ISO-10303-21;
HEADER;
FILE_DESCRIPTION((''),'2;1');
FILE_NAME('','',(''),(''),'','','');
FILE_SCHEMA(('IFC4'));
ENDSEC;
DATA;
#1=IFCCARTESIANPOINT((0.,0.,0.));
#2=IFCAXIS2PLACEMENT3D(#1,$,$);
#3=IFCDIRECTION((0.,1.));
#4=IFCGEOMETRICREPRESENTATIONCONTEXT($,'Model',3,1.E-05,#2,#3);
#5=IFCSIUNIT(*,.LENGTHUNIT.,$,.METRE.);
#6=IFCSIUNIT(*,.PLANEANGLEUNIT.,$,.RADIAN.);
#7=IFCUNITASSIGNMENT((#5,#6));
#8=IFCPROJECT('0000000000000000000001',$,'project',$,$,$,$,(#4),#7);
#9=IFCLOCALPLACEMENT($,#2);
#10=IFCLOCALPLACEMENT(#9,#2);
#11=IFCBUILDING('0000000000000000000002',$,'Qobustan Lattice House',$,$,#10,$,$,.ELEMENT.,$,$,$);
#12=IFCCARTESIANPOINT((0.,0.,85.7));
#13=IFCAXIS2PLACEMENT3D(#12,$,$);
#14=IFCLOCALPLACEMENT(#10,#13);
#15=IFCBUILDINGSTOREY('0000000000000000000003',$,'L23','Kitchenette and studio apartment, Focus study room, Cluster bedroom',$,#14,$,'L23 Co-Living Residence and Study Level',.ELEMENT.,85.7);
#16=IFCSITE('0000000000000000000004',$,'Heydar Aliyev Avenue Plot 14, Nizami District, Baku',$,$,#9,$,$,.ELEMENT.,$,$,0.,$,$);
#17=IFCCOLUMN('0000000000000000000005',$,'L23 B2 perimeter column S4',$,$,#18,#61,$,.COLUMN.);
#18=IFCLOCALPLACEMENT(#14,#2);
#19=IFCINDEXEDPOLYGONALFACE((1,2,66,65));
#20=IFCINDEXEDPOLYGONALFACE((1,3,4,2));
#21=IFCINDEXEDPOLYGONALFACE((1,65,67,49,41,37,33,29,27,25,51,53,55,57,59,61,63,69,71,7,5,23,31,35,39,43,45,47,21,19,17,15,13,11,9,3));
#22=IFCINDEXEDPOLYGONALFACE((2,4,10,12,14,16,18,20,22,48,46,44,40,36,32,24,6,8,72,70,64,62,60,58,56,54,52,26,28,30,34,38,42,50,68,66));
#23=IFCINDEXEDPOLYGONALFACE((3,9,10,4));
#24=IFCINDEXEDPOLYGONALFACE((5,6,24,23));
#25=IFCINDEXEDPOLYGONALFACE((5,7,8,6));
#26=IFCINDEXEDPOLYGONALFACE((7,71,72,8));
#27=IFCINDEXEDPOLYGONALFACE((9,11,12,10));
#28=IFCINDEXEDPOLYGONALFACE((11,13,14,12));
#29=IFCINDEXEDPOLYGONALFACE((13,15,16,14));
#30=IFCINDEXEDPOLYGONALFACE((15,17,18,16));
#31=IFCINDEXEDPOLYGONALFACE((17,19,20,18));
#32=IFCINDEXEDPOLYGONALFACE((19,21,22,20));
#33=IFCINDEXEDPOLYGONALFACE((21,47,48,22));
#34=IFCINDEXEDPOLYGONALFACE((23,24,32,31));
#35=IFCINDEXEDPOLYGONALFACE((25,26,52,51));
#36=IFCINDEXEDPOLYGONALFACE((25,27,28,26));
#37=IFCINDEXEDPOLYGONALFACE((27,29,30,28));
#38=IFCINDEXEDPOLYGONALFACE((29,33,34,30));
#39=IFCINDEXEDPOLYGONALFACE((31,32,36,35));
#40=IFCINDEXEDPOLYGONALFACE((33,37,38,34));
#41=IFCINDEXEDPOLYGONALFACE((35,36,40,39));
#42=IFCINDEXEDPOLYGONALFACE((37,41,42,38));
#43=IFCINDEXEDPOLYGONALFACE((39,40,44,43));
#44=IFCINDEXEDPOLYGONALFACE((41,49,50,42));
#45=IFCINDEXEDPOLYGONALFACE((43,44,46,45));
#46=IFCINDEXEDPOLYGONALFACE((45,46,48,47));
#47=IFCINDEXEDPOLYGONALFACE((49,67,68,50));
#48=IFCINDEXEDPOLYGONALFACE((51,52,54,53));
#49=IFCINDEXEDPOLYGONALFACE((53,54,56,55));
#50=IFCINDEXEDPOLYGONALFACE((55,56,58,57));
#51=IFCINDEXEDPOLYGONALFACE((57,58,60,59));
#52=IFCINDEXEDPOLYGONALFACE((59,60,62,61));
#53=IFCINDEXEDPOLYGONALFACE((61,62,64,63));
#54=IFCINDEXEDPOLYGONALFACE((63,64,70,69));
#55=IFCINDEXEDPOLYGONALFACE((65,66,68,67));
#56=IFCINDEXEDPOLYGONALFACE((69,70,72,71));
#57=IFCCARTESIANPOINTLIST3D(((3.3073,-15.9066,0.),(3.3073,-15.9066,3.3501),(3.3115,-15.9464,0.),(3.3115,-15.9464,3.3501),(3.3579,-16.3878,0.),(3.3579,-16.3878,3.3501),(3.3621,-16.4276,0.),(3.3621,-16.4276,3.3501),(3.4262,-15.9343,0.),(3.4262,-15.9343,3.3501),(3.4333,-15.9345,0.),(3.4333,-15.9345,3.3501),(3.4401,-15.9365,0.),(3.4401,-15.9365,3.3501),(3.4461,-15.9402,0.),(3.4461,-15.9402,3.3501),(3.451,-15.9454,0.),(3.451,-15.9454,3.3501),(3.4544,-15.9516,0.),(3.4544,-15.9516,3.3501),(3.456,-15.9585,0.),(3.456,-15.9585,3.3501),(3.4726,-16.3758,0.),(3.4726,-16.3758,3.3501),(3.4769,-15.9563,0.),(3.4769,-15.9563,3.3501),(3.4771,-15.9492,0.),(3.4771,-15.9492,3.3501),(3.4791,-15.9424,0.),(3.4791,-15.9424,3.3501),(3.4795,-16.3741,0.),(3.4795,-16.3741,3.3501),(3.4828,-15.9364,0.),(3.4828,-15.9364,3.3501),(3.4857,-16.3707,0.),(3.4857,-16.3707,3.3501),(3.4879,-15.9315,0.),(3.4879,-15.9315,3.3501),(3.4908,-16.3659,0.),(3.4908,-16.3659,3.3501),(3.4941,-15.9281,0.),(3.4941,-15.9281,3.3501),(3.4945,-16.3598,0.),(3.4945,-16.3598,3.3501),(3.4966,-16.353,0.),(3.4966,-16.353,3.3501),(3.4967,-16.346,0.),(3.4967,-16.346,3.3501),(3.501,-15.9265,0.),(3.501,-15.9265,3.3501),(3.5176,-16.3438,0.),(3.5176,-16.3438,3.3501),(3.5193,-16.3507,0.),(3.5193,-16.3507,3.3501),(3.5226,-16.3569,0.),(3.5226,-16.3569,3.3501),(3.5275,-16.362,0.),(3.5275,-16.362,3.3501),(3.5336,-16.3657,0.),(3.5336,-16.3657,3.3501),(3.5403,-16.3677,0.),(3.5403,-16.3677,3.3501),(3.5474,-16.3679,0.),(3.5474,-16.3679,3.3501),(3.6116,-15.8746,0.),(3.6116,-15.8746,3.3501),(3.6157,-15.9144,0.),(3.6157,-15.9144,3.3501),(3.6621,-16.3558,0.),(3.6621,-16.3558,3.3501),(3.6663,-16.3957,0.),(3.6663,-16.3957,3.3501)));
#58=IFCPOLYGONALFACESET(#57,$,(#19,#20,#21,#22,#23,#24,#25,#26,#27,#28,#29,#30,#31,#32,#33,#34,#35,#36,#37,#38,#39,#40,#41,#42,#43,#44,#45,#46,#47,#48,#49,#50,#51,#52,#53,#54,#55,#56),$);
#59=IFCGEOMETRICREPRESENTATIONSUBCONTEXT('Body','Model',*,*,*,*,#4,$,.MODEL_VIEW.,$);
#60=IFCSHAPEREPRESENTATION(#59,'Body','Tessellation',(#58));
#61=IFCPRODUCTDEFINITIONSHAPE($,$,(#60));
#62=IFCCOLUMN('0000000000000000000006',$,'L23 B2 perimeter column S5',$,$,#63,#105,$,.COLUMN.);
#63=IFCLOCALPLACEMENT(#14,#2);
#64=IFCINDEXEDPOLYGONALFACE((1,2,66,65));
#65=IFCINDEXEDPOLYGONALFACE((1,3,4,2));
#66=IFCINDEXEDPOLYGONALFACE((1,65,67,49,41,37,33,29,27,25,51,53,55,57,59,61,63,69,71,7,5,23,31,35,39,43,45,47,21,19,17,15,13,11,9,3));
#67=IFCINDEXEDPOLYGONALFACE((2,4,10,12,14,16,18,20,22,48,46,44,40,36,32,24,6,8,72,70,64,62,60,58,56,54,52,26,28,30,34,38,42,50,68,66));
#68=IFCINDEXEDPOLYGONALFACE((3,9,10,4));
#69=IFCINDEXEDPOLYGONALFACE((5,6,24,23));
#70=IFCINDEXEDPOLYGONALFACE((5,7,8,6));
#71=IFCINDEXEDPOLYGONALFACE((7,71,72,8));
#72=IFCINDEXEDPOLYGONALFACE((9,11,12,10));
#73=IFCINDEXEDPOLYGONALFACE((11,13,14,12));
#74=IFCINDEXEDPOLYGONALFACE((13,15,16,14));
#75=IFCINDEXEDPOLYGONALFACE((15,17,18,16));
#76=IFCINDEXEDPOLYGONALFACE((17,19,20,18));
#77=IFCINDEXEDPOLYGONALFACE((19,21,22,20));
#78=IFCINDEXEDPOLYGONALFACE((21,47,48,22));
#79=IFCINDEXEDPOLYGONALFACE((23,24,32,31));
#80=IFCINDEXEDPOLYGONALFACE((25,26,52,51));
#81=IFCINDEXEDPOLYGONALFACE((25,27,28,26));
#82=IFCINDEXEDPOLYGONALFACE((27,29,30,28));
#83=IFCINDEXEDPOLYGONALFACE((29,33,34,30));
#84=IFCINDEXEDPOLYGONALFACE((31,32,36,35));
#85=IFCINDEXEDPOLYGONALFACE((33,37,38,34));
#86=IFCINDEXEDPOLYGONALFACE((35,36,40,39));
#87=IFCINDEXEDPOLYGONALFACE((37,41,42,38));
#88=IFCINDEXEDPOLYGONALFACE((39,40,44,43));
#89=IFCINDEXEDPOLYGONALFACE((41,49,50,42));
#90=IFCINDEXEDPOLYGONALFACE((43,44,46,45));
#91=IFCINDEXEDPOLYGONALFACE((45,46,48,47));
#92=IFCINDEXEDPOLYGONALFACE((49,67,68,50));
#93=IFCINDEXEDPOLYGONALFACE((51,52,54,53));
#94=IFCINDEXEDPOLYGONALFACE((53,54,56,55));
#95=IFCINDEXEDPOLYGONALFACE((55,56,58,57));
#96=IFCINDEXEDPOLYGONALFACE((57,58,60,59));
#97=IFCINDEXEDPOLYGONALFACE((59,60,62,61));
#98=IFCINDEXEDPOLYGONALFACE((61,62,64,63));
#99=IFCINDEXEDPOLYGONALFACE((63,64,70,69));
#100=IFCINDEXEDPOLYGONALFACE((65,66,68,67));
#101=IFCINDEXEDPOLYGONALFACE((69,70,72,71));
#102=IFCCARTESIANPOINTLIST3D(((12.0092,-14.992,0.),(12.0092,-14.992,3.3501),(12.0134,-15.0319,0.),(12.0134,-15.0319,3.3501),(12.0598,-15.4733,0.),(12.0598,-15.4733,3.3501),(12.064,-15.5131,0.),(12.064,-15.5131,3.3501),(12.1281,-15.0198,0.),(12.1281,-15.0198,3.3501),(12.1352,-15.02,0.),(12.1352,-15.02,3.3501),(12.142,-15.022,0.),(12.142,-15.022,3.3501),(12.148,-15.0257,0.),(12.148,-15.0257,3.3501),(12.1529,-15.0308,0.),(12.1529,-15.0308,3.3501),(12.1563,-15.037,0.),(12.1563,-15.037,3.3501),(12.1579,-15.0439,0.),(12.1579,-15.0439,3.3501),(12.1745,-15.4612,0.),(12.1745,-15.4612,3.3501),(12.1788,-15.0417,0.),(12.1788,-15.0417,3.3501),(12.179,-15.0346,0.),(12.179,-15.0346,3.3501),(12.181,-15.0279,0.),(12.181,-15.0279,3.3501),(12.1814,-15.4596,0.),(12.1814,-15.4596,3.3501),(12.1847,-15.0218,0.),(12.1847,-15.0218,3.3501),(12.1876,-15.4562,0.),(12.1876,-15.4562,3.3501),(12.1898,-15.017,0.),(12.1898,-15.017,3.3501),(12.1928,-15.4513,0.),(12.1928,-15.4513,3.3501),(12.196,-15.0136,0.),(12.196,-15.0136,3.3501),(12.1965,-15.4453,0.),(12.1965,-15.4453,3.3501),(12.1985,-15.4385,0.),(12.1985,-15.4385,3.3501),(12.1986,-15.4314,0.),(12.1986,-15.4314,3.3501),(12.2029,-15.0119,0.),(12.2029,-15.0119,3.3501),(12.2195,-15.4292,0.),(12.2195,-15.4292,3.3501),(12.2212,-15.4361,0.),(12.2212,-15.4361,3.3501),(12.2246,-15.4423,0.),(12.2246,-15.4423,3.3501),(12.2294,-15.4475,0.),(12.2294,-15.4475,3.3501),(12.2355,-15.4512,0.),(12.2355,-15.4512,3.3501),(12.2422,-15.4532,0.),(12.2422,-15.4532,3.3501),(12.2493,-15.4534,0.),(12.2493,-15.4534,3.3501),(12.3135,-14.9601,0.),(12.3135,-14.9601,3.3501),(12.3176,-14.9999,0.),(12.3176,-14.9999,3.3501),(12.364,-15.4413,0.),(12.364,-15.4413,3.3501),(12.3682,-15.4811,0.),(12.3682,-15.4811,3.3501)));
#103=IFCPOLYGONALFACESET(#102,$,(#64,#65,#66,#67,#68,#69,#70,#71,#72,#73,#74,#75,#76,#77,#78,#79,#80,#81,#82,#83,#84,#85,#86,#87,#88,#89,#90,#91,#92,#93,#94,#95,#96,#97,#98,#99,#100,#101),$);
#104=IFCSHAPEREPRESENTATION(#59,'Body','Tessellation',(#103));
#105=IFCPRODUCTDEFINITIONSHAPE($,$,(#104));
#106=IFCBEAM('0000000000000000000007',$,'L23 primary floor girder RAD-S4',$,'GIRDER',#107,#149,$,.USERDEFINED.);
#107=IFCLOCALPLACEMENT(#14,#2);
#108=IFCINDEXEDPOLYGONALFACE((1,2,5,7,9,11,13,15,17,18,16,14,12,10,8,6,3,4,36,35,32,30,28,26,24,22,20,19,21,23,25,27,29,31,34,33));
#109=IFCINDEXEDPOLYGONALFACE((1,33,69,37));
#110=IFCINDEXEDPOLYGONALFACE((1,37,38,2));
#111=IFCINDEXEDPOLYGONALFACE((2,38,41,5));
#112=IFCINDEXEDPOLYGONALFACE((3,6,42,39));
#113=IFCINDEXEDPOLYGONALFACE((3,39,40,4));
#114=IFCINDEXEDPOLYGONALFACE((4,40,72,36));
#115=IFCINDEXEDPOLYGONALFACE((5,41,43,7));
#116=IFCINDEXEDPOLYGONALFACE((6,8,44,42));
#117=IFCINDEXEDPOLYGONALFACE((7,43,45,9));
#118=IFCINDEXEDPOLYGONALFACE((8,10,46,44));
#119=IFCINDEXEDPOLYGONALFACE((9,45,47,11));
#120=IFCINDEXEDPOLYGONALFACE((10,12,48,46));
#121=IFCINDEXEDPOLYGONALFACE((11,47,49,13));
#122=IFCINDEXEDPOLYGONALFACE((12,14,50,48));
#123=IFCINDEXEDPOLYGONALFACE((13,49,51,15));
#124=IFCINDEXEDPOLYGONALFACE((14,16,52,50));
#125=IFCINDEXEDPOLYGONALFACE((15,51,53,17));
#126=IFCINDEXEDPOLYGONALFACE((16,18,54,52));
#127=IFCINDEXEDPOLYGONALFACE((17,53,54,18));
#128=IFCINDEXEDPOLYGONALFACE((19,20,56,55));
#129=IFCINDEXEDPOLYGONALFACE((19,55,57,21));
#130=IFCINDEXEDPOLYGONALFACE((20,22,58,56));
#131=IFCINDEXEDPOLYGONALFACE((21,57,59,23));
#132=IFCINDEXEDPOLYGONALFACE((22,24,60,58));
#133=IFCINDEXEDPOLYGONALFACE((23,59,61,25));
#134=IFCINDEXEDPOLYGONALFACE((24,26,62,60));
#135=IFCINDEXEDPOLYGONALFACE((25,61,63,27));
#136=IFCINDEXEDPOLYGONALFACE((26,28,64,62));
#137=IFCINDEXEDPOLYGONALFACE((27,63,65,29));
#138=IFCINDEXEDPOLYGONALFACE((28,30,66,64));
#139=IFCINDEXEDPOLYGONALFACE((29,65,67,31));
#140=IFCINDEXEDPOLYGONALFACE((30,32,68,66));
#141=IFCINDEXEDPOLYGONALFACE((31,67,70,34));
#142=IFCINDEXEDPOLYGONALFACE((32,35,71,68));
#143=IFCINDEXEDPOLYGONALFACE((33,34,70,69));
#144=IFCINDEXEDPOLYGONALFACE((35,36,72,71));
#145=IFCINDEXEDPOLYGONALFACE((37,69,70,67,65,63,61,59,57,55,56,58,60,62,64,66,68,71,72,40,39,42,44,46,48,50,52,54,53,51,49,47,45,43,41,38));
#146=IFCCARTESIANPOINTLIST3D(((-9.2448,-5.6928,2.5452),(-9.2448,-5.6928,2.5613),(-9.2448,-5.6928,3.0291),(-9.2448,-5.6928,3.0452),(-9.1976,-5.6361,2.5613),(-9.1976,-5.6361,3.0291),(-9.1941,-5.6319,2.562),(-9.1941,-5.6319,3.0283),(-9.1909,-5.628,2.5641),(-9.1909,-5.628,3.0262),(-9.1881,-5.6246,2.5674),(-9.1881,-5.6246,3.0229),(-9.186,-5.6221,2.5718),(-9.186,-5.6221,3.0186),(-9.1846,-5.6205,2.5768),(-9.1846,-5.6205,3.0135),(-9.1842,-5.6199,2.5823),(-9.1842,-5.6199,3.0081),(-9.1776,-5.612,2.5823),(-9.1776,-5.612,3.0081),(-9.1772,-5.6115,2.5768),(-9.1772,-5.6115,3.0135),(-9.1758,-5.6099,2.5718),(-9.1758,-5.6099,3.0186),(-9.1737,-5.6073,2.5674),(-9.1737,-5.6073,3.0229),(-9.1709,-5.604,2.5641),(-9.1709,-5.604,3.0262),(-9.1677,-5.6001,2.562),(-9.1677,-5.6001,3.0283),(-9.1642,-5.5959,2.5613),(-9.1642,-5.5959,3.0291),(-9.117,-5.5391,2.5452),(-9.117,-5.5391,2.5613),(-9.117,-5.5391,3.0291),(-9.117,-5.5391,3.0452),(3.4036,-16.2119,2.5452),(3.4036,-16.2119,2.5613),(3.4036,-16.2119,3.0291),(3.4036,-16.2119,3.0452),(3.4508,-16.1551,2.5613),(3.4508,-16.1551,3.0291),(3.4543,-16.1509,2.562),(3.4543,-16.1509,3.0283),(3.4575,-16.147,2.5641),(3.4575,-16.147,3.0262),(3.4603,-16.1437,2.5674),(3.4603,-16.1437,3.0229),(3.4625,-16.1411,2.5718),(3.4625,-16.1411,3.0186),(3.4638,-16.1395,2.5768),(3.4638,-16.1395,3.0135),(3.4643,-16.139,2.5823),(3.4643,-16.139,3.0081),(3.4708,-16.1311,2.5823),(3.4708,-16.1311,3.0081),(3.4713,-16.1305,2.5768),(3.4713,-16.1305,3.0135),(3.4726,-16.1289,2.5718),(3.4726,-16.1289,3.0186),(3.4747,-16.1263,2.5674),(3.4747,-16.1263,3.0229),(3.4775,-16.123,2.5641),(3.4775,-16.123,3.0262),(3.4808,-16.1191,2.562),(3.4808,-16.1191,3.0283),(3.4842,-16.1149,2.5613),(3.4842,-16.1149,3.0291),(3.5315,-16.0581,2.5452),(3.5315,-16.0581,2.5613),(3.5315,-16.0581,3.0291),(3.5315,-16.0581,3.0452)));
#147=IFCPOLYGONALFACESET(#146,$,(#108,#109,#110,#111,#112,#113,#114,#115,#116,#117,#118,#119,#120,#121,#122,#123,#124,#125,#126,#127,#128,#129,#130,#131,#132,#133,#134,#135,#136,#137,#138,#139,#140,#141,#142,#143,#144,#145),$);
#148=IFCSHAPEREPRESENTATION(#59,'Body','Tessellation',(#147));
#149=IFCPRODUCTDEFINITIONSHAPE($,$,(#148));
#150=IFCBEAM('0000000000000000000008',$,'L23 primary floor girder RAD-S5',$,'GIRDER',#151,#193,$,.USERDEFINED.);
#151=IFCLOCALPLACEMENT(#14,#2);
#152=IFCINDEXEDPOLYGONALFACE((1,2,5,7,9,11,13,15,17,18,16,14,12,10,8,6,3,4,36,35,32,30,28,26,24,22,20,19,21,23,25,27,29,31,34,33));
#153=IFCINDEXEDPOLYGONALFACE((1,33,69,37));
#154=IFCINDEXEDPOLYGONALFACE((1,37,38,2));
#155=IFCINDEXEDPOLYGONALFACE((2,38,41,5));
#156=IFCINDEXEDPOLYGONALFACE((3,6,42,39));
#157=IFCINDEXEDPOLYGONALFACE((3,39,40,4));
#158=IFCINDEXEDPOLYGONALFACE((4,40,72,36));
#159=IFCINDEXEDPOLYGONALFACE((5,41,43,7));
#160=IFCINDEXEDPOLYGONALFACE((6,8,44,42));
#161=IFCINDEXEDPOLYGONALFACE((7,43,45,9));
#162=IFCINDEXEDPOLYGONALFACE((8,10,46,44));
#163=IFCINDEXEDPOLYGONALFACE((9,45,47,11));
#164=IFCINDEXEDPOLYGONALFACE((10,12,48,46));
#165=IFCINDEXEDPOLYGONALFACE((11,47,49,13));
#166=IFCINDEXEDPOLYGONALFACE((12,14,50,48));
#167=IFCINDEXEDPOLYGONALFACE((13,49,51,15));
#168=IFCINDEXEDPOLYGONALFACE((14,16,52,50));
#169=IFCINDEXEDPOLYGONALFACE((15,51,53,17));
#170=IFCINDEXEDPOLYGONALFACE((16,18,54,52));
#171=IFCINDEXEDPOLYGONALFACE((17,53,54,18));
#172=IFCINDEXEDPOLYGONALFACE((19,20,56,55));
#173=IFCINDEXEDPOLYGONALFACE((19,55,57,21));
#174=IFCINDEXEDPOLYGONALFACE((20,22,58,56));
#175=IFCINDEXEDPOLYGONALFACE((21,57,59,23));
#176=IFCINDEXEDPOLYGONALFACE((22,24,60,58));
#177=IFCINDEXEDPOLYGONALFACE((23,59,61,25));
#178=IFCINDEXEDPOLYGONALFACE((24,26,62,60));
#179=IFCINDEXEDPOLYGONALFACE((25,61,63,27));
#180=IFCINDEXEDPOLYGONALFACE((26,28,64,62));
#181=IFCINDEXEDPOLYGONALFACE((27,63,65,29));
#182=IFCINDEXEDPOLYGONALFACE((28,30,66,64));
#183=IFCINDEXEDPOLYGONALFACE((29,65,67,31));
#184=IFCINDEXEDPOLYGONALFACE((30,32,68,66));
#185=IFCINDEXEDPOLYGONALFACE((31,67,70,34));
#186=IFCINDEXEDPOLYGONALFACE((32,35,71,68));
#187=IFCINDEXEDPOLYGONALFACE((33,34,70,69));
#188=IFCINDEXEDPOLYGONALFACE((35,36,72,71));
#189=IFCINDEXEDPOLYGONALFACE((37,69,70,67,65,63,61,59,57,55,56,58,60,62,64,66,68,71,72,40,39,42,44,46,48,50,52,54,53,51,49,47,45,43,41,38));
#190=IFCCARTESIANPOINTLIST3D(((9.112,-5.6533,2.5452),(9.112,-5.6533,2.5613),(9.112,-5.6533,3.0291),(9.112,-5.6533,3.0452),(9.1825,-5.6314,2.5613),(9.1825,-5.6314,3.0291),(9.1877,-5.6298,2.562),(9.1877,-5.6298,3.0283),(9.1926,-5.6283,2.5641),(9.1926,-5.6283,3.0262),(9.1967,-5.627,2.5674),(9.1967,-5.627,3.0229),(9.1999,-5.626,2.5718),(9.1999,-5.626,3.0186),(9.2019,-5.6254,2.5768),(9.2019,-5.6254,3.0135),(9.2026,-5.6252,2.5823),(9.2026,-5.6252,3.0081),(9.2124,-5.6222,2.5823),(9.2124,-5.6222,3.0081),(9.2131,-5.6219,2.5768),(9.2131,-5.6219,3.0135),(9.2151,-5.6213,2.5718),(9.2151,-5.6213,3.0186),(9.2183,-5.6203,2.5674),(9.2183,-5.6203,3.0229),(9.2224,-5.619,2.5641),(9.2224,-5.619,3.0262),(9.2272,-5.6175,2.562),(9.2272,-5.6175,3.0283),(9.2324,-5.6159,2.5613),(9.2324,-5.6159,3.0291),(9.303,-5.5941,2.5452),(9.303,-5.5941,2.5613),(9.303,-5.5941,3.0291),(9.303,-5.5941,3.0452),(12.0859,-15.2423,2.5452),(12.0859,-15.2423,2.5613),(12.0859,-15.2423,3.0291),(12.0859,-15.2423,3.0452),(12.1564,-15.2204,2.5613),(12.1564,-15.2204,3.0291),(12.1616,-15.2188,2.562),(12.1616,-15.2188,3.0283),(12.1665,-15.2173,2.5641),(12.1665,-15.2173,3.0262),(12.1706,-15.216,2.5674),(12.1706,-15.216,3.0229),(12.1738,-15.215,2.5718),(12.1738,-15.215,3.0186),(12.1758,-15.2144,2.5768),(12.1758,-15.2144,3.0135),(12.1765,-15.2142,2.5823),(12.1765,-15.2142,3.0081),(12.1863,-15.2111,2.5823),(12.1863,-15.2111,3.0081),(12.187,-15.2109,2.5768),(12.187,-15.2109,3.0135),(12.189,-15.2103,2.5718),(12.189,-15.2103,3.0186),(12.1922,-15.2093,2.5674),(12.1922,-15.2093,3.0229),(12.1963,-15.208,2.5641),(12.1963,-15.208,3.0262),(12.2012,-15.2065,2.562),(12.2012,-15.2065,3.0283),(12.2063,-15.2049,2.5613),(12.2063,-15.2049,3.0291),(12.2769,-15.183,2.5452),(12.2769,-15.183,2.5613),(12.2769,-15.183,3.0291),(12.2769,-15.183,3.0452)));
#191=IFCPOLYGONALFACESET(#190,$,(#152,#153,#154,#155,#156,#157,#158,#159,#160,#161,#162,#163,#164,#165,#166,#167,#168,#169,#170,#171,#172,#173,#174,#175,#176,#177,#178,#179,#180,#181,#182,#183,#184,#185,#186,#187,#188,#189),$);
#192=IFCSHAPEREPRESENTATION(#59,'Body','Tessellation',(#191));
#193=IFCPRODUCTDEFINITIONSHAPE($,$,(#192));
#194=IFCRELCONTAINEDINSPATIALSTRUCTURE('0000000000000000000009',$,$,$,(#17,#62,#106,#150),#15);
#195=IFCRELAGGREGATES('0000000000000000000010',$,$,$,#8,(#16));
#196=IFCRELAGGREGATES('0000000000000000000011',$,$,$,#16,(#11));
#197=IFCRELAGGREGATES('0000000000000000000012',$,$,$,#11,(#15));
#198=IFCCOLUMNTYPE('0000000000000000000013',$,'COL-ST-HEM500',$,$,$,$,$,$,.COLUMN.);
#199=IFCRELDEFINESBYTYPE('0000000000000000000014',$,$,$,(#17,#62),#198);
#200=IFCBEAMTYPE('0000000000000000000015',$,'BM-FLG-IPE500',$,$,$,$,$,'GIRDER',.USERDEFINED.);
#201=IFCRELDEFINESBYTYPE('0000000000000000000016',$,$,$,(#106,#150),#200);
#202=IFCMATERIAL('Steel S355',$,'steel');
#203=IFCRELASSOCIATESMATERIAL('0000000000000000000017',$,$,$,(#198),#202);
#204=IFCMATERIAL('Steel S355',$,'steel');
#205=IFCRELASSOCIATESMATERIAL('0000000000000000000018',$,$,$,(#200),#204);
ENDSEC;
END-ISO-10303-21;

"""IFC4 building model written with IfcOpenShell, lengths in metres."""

from ifc_helpers import new_model, si_unit, direction, frame, origin, origin_2d, place, context, subcontext, project, spatial, i_section, extrude, material, material_profile, profile_set, type_object, element, save


model = new_model("IFC4")

# Units and contexts
model_context = context("Model", 3, precision=1e-05, world=origin(), true_north=direction((0.0, 1.0)))
body_context = subcontext(model_context, "Body", "Model", "MODEL_VIEW")
ifc_project = project(units=[si_unit("LENGTHUNIT", "METRE"), si_unit("PLANEANGLEUNIT", "RADIAN")], contexts=[model_context])

# Site, building, storey
site_placement = place(None, origin())
site = spatial("IfcSite", under=ifc_project, at=site_placement, Name="Heydar Aliyev Avenue Plot 14, Nizami District, Baku", CompositionType="ELEMENT", RefElevation=0.0)
building_placement = place(site_placement, origin())
building = spatial("IfcBuilding", under=site, at=building_placement, Name="Qobustan Lattice House", CompositionType="ELEMENT")
storey_placement = place(building_placement, frame((0.0, 0.0, 85.7)))
storey = spatial("IfcBuildingStorey", under=building, at=storey_placement, Name="L23", Description="Kitchenette and studio apartment, Focus study room, Cluster bedroom", LongName="L23 Co-Living Residence and Study Level", CompositionType="ELEMENT", Elevation=85.7)

# Columns
ifc_material_1 = material(Name="Steel S355", Category="steel")
ifc_material_profile_1 = material_profile(ifc_material_1, i_section(OverallWidth=0.3059, OverallDepth=0.5239, WebThickness=0.021, FlangeThickness=0.04, FilletRadius=0.0271, at=origin_2d()), Name="HEM500")
ifc_profile_set_1 = profile_set([ifc_material_profile_1], Name="Steel S355")
column_type = type_object("IfcColumnType", Name="COL-ST-HEM500", PredefinedType="COLUMN", material=ifc_profile_set_1)
for number, where, z_axis, x_axis, name in (
    (1, (3.4868, -16.1511, 0.0), (0.0, 0.0, 1.0), (0.994522, 0.104528, 0.0), "L23 B2 perimeter column S4"),
    (2, (12.1887, -15.2366, 0.0), (0.0, 0.0, 1.0), (0.994522, 0.104528, 0.0), "L23 B2 perimeter column S5"),
):
    element("IfcColumn", number, at=place(storey_placement, frame(where, z_axis=z_axis, x_axis=x_axis)), inside=storey, type_object=column_type, Name=name, PredefinedType="COLUMN", context=body_context, shape_type="SweptSolid", body=[
        extrude(i_section(OverallWidth=0.3059, OverallDepth=0.5239, WebThickness=0.021, FlangeThickness=0.04, FilletRadius=0.0271, at=origin_2d()), origin(), (0.0, 0.0, 1.0), 3.3501),
    ])

# Beams
ifc_material_2 = material(Name="Steel S355", Category="steel")
ifc_material_profile_2 = material_profile(ifc_material_2, i_section(OverallWidth=0.2, OverallDepth=0.5, WebThickness=0.0103, FlangeThickness=0.0161, FilletRadius=0.021, at=origin_2d()), Name="IPE500")
ifc_profile_set_2 = profile_set([ifc_material_profile_2], Name="Steel S355")
beam_type_1 = type_object("IfcBeamType", Name="BM-FLG-IPE500", ElementType="GIRDER", PredefinedType="USERDEFINED", material=ifc_profile_set_2)
beam_1_placement = place(storey_placement, frame((3.4675, -16.135, 2.7952), z_axis=(-0.768858, 0.639419, 0.0), x_axis=(-0.639419, -0.768858, 0.0)))
element("IfcBeam", 3, at=beam_1_placement, inside=storey, type_object=beam_type_1, Name="L23 primary floor girder RAD-S4", ObjectType="GIRDER", PredefinedType="USERDEFINED", context=body_context, shape_type="SweptSolid", body=[
    extrude(i_section(OverallWidth=0.2, OverallDepth=0.5, WebThickness=0.0103, FlangeThickness=0.0161, FilletRadius=0.021, at=origin_2d()), origin(), (0.0, 0.0, 1.0), 16.4509),
])
beam_2_placement = place(storey_placement, frame((12.1814, -15.2126, 2.7952), z_axis=(-0.296219, 0.95512, 0.0), x_axis=(-0.95512, -0.296219, 0.0)))
element("IfcBeam", 4, at=beam_2_placement, inside=storey, type_object=beam_type_1, Name="L23 primary floor girder RAD-S5", ObjectType="GIRDER", PredefinedType="USERDEFINED", context=body_context, shape_type="SweptSolid", body=[
    extrude(i_section(OverallWidth=0.2, OverallDepth=0.5, WebThickness=0.0103, FlangeThickness=0.0161, FilletRadius=0.021, at=origin_2d()), origin(), (0.0, 0.0, 1.0), 10.0396),
])

save(model, "model.ifc")
